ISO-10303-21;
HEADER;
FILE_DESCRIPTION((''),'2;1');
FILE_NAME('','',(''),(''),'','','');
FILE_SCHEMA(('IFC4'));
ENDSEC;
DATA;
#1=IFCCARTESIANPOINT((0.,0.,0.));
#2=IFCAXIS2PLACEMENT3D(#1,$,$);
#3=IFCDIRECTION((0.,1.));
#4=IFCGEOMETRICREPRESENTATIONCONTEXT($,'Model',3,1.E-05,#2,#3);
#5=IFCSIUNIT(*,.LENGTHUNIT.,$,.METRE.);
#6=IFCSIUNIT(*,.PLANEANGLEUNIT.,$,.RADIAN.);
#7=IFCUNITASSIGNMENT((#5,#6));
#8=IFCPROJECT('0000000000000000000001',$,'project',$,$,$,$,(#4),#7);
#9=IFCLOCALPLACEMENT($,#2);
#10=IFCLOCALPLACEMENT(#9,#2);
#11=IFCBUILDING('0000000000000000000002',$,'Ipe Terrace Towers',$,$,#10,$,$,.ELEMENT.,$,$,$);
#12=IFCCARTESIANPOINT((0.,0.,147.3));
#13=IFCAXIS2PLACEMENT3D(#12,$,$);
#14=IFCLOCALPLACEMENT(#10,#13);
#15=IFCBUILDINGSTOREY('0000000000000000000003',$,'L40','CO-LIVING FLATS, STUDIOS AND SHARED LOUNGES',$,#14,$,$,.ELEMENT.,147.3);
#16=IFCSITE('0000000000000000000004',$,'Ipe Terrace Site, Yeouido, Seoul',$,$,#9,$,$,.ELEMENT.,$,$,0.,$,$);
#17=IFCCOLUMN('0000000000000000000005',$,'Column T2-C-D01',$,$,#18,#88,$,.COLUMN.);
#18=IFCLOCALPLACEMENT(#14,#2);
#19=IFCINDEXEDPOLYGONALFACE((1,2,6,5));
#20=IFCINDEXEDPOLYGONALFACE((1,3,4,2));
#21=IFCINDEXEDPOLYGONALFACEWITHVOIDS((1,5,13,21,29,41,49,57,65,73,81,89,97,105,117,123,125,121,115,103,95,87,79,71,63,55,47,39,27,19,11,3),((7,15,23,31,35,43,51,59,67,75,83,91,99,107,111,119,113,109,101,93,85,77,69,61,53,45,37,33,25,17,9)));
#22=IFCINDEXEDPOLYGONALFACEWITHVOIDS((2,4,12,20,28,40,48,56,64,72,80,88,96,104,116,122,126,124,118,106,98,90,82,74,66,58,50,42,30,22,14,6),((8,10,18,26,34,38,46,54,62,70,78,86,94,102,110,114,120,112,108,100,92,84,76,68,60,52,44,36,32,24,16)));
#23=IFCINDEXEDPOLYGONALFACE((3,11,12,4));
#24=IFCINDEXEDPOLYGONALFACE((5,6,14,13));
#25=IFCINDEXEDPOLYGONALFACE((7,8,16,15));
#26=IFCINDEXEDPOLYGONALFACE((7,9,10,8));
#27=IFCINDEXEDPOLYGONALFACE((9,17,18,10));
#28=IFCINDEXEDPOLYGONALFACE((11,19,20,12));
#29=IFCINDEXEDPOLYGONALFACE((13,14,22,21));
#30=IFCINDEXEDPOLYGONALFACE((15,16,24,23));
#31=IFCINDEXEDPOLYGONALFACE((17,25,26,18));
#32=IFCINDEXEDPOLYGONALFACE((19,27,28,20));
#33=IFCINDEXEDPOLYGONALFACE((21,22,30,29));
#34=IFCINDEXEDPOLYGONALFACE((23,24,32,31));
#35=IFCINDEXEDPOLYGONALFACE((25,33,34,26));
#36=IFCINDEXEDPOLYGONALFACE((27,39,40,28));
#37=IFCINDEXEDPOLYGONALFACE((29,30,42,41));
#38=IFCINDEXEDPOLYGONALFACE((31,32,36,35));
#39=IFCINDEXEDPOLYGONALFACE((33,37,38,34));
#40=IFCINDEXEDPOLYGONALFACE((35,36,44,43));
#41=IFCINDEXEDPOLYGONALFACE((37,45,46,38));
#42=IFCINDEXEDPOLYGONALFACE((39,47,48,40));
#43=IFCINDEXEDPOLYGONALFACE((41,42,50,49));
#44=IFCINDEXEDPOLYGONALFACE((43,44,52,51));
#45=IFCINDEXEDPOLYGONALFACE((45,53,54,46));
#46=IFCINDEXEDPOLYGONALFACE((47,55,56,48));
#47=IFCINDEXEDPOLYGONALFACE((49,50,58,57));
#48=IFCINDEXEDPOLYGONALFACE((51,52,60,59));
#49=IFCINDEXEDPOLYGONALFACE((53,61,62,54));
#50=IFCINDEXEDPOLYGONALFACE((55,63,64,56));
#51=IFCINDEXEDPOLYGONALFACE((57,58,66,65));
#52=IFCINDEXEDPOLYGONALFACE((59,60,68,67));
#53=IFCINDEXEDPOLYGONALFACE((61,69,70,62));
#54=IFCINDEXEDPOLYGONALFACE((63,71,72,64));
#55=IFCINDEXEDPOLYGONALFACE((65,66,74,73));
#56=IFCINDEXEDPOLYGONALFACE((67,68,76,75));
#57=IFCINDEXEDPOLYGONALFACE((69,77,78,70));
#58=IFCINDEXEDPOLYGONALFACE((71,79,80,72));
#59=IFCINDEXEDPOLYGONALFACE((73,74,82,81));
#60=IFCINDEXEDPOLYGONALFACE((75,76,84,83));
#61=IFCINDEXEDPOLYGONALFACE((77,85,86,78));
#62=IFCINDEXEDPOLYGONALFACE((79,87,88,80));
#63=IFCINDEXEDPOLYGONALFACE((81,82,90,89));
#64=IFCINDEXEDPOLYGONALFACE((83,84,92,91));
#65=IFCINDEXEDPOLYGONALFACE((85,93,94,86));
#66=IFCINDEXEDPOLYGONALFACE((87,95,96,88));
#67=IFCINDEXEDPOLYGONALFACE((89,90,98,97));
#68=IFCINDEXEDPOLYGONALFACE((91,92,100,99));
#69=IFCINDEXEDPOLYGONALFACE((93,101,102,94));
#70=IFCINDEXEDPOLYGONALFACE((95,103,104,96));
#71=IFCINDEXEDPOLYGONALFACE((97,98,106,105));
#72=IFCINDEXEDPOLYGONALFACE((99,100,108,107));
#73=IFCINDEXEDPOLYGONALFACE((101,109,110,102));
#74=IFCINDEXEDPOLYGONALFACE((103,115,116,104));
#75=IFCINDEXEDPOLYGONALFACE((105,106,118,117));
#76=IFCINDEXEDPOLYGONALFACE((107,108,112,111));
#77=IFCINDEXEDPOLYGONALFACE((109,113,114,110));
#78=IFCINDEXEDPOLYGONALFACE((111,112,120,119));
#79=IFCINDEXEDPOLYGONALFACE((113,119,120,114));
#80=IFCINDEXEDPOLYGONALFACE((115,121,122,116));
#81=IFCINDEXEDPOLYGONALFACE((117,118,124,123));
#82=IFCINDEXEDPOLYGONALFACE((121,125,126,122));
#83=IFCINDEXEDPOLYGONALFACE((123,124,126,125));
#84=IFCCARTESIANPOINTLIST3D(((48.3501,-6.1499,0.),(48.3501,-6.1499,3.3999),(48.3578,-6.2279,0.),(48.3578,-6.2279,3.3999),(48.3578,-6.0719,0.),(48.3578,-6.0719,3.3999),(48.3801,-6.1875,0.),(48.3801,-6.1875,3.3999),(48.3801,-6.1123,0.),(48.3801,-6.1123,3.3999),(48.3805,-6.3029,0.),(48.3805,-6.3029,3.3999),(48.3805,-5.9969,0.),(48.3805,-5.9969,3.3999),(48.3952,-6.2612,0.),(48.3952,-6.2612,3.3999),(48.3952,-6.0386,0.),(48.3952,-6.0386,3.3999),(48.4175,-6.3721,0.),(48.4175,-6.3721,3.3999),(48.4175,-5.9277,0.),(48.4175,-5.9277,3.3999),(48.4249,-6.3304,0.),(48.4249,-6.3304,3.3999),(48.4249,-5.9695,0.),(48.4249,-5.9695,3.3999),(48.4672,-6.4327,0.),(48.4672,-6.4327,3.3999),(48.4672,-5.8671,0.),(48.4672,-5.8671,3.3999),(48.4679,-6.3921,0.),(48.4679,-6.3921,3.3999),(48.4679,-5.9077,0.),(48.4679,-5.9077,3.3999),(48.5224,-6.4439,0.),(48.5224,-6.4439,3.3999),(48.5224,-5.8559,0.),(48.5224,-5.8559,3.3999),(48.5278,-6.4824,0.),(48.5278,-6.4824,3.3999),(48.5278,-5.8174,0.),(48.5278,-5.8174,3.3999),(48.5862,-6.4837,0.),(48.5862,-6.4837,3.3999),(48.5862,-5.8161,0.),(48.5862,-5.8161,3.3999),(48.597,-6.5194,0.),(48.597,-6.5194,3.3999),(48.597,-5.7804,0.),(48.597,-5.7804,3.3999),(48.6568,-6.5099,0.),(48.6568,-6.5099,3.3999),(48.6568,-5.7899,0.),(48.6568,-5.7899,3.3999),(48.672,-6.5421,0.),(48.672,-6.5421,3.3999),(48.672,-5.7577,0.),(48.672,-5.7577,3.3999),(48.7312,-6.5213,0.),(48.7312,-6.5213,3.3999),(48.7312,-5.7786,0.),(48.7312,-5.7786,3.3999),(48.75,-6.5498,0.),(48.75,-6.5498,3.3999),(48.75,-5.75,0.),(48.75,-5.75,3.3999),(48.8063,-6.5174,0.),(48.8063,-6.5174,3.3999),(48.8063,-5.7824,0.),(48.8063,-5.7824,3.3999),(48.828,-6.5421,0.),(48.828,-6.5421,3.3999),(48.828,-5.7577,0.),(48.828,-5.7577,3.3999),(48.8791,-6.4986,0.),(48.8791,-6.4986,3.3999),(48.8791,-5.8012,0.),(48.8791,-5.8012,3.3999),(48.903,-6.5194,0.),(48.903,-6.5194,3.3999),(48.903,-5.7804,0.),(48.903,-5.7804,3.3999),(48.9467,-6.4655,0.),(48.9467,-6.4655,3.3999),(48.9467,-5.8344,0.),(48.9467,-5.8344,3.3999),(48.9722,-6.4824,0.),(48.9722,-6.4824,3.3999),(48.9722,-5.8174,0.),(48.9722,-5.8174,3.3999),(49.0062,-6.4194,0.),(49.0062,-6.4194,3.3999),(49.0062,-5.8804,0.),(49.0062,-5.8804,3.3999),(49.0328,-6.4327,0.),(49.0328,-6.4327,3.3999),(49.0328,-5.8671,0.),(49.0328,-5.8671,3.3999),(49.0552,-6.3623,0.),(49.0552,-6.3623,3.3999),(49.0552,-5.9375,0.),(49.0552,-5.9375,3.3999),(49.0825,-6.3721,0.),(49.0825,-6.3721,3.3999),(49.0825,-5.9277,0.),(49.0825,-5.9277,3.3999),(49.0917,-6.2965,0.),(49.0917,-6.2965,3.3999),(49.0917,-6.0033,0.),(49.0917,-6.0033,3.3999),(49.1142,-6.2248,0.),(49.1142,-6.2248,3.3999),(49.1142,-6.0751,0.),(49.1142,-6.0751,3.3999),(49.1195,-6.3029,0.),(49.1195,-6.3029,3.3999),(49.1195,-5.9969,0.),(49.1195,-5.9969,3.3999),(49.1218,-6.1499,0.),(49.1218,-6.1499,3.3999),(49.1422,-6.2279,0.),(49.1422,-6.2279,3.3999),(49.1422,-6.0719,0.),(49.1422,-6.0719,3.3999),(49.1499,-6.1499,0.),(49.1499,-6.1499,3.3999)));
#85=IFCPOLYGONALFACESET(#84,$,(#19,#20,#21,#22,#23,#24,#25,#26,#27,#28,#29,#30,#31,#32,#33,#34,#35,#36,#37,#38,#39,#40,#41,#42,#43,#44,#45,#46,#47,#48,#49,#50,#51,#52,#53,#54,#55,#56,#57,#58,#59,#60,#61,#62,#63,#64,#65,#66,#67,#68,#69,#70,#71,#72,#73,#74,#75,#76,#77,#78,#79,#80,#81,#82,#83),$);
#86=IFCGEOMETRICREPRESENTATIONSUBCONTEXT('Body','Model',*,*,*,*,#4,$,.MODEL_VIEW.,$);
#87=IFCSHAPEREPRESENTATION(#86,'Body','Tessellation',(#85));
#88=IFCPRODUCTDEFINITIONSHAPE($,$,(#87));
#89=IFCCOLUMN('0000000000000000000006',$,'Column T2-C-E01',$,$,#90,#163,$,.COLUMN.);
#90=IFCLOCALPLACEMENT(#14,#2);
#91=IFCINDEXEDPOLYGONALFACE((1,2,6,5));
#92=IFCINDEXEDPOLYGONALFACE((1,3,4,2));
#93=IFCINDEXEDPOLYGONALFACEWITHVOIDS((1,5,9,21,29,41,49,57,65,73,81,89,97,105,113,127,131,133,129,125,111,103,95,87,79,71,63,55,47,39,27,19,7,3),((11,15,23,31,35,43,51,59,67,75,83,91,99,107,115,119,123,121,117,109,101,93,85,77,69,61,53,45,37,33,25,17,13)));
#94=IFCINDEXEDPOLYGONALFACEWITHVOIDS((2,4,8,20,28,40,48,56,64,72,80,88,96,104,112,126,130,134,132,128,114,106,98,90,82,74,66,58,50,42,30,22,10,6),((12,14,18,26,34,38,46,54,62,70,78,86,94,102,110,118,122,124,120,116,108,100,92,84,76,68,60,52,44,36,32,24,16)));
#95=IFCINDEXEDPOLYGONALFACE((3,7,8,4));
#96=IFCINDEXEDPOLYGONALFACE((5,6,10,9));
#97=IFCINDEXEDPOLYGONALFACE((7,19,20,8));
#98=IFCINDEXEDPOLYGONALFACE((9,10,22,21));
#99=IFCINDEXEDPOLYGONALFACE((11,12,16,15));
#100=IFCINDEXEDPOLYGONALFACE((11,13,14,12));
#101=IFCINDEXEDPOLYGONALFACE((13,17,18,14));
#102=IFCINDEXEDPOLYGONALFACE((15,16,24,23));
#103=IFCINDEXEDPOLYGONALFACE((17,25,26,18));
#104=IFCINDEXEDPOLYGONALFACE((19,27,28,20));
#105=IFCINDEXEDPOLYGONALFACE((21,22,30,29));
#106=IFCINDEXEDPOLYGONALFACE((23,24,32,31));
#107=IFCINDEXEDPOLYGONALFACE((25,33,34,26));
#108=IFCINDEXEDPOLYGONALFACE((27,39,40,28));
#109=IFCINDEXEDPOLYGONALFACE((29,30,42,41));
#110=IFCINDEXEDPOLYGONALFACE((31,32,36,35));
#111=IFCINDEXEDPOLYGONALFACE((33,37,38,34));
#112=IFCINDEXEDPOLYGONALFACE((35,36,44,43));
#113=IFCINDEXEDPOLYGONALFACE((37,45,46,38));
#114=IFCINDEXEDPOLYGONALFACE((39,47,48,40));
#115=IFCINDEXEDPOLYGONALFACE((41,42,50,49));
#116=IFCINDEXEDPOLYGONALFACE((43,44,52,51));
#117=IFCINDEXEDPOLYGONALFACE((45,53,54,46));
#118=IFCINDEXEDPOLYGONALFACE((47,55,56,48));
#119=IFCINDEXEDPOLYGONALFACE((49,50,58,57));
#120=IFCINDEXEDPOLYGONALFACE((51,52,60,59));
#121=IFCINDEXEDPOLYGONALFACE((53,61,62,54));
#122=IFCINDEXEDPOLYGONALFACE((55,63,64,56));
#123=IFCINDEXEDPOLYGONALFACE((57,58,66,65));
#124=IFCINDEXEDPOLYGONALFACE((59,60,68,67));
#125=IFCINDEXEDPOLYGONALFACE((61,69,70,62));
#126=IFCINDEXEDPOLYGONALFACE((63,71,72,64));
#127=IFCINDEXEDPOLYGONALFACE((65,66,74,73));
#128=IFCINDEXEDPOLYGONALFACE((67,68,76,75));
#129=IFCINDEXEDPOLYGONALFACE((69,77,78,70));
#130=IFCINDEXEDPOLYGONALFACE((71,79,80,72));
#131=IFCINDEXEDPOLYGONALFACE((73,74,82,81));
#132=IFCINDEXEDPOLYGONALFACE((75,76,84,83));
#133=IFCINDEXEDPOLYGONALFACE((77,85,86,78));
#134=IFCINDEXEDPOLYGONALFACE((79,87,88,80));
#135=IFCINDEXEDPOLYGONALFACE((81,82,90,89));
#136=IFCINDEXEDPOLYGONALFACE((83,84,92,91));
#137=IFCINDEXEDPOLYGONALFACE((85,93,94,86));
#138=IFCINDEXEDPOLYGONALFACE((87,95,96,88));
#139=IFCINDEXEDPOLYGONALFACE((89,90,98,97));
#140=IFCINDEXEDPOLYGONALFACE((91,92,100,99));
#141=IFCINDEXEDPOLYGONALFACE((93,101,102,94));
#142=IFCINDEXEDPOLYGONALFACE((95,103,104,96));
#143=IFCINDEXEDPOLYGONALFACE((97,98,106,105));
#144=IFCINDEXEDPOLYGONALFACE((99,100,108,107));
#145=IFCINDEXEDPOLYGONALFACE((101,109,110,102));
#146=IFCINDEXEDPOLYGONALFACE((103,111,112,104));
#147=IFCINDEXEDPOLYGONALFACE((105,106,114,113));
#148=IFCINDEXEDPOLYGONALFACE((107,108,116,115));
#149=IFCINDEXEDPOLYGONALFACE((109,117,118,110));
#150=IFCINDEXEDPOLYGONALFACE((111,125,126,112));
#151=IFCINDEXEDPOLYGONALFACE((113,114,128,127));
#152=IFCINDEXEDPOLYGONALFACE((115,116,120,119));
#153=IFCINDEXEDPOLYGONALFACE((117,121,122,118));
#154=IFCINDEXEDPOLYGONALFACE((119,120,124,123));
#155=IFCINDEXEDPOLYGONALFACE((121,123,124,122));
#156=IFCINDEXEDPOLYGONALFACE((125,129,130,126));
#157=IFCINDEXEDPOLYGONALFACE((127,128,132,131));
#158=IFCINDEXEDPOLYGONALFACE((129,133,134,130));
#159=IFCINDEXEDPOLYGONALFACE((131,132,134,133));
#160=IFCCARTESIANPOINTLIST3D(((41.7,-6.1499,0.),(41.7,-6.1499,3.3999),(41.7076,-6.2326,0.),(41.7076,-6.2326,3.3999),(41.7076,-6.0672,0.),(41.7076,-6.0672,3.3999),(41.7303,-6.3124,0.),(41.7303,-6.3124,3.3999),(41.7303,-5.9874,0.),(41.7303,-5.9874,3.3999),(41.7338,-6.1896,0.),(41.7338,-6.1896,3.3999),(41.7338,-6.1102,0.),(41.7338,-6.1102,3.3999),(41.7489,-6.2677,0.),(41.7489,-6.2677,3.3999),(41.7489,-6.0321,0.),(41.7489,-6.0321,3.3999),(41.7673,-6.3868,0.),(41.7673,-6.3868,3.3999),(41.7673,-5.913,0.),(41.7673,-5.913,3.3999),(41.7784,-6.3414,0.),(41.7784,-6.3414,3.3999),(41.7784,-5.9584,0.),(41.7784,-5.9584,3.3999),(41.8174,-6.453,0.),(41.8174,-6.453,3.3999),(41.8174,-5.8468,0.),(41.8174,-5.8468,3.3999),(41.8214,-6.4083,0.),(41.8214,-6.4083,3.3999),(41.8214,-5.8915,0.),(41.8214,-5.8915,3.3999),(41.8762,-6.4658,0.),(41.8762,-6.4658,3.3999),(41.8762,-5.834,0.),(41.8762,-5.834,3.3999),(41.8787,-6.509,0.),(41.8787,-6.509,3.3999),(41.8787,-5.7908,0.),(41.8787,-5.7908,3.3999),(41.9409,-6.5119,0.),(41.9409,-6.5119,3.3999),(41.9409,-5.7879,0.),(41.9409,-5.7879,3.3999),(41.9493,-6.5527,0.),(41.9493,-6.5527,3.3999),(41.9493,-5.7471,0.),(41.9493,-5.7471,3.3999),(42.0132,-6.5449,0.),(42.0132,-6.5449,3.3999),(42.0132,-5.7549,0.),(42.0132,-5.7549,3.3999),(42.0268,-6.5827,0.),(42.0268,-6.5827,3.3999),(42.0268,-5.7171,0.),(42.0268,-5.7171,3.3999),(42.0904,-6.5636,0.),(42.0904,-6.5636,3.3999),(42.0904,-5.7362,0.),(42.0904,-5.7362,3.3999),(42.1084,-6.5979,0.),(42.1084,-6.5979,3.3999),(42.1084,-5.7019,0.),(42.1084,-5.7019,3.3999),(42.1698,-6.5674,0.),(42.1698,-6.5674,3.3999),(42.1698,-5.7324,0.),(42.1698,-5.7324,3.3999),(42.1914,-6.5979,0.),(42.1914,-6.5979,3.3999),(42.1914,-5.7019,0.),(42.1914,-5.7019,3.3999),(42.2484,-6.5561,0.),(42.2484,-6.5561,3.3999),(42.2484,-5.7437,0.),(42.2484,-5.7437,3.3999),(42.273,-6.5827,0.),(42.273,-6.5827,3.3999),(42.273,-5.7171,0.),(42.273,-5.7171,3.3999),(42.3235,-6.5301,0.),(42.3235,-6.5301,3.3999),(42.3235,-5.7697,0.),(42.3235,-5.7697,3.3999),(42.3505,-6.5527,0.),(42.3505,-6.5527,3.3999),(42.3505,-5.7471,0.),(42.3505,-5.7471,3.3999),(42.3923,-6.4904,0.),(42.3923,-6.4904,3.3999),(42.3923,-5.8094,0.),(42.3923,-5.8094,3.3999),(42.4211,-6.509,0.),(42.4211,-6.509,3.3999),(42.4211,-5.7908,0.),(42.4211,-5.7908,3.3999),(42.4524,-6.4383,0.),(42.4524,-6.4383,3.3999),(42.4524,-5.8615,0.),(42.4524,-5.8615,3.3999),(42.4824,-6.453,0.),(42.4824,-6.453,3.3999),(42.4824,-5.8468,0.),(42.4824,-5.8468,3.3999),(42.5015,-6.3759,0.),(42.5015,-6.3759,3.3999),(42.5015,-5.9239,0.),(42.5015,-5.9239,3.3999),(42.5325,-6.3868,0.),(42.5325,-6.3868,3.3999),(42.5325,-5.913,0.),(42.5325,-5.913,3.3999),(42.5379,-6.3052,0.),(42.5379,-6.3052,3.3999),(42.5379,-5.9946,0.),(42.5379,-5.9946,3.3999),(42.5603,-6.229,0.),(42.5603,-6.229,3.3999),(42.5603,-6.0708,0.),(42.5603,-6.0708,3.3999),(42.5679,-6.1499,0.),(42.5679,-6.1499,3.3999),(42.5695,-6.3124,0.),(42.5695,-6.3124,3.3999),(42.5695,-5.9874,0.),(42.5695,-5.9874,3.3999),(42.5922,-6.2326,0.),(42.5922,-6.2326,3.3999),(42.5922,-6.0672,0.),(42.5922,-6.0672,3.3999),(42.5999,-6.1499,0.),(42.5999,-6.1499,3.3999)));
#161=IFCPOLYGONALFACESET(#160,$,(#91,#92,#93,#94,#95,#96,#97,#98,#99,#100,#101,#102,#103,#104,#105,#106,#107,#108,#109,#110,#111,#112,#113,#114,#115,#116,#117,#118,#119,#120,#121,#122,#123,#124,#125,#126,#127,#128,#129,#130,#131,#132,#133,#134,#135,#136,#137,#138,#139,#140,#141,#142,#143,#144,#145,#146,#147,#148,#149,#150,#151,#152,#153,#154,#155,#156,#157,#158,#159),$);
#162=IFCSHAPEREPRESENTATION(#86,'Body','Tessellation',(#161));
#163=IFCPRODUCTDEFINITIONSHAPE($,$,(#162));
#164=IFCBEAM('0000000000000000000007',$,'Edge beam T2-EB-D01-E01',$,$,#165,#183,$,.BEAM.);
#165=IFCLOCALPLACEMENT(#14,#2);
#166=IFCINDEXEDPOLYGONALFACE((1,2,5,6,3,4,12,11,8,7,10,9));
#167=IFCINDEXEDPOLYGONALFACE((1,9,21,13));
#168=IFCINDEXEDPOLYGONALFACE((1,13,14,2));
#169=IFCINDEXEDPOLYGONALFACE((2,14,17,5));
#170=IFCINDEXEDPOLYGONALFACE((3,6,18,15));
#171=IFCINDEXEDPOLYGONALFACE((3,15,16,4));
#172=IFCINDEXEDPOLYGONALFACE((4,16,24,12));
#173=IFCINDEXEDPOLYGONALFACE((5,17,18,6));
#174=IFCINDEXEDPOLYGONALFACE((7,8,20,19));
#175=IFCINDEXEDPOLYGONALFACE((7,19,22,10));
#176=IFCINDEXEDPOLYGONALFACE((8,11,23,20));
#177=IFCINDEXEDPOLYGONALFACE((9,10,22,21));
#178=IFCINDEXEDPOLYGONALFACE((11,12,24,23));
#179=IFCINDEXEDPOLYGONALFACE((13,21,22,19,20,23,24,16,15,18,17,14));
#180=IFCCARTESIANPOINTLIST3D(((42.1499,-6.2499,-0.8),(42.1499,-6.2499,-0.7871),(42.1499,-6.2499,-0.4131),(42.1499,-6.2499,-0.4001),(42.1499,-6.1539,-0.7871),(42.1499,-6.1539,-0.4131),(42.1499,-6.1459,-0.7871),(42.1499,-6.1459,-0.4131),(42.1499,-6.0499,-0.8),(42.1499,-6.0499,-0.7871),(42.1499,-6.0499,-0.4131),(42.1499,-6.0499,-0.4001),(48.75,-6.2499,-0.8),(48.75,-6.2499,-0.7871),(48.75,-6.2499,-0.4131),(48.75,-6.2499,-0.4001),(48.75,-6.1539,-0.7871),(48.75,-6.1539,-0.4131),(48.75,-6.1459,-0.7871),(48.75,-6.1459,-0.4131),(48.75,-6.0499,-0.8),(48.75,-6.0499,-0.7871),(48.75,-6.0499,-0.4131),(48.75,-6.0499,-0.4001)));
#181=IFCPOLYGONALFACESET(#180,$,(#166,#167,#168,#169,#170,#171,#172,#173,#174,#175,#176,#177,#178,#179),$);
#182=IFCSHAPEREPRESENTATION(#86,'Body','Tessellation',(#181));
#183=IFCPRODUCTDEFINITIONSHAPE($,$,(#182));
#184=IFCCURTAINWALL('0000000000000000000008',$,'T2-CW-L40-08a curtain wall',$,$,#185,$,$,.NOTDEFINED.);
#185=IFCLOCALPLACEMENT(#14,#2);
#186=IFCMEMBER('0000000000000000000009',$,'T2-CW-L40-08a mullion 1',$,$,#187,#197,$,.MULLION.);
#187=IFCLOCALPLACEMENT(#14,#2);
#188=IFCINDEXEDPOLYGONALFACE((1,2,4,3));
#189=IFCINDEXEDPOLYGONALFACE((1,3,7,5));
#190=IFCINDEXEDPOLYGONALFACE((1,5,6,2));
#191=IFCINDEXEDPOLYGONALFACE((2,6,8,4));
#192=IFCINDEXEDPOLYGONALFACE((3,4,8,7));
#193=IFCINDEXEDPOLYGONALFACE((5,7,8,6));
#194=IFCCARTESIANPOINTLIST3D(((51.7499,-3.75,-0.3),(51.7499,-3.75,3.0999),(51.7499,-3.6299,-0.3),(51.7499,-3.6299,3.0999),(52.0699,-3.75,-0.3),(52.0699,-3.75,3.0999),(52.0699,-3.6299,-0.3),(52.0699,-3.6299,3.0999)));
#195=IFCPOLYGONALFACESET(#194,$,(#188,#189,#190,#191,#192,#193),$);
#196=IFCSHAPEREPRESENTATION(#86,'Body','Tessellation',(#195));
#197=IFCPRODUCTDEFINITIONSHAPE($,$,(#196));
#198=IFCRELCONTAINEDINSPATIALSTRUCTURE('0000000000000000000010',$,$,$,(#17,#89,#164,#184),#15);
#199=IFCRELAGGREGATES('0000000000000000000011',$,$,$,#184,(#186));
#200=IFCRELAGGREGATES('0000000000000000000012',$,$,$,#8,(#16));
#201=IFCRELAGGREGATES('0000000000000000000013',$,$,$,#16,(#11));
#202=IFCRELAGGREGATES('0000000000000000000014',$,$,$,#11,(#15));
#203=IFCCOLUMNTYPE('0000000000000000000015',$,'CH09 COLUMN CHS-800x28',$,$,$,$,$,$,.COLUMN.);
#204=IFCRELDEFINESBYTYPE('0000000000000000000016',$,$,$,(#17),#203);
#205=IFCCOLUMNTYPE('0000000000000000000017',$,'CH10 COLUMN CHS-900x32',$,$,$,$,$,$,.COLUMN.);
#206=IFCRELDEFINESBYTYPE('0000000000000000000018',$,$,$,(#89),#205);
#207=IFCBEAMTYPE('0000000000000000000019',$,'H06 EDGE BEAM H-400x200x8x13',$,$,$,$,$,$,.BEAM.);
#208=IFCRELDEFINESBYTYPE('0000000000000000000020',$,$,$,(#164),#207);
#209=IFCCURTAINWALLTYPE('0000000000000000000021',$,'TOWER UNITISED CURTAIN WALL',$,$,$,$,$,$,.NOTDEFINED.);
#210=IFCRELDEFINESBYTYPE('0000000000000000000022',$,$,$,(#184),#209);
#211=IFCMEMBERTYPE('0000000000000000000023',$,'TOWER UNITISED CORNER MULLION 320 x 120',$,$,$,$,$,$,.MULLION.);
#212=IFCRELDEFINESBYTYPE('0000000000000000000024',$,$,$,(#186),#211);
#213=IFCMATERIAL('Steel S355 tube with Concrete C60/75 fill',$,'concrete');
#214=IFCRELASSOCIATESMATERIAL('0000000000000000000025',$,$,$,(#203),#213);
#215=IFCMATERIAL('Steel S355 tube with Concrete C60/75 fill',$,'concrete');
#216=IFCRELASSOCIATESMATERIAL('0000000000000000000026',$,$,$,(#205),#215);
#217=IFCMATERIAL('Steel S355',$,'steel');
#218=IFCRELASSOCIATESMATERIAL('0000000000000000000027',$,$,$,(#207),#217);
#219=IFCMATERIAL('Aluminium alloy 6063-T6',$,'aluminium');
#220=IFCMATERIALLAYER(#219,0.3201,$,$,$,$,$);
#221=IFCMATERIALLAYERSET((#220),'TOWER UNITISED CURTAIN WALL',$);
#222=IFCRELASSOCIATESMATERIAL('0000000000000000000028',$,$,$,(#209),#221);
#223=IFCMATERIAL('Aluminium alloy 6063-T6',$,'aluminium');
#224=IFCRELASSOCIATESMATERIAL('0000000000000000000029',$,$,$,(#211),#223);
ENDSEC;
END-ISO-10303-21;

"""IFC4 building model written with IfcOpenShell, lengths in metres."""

from ifc_helpers import new_model, si_unit, direction, frame, origin, origin_2d, place, context, subcontext, project, spatial, rectangle, hollow_circle, i_section, extrude, material, layer, layer_set, material_profile, profile_set, type_object, element, aggregate, save


model = new_model("IFC4")

# Units and contexts
model_context = context("Model", 3, precision=1e-05, world=origin(), true_north=direction((0.0, 1.0)))
body_context = subcontext(model_context, "Body", "Model", "MODEL_VIEW")
ifc_project = project(units=[si_unit("LENGTHUNIT", "METRE"), si_unit("PLANEANGLEUNIT", "RADIAN")], contexts=[model_context])

# Site, building, storey
site_placement = place(None, origin())
site = spatial("IfcSite", under=ifc_project, at=site_placement, Name="Ipe Terrace Site, Yeouido, Seoul", CompositionType="ELEMENT", RefElevation=0.0)
building_placement = place(site_placement, origin())
building = spatial("IfcBuilding", under=site, at=building_placement, Name="Ipe Terrace Towers", CompositionType="ELEMENT")
storey_placement = place(building_placement, frame((0.0, 0.0, 147.3)))
storey = spatial("IfcBuildingStorey", under=building, at=storey_placement, Name="L40", Description="CO-LIVING FLATS, STUDIOS AND SHARED LOUNGES", CompositionType="ELEMENT", Elevation=147.3)

# Columns
ifc_material_1 = material(Name="Steel S355 tube with Concrete C60/75 fill", Category="concrete")
ifc_material_profile_1 = material_profile(ifc_material_1, hollow_circle(Radius=0.3999, WallThickness=0.0281, at=origin_2d()), Name="CHS-800x28")
ifc_profile_set_1 = profile_set([ifc_material_profile_1], Name="Steel S355 tube with Concrete C60/75 fill")
column_type_1 = type_object("IfcColumnType", Name="CH09 COLUMN CHS-800x28", PredefinedType="COLUMN", material=ifc_profile_set_1)
column_1_placement = place(storey_placement, frame((48.75, -6.1499, 0.0), z_axis=(0.0, 0.0, 1.0), x_axis=(1.0, 0.0, 0.0)))
element("IfcColumn", 1, at=column_1_placement, inside=storey, type_object=column_type_1, Name="Column T2-C-D01", PredefinedType="COLUMN", context=body_context, shape_type="SweptSolid", body=[
    extrude(hollow_circle(Radius=0.3999, WallThickness=0.0281, at=origin_2d()), origin(), (0.0, 0.0, 1.0), 3.3999),
])
ifc_material_2 = material(Name="Steel S355 tube with Concrete C60/75 fill", Category="concrete")
ifc_material_profile_2 = material_profile(ifc_material_2, hollow_circle(Radius=0.45, WallThickness=0.032, at=origin_2d()), Name="CHS-900x32")
ifc_profile_set_2 = profile_set([ifc_material_profile_2], Name="Steel S355 tube with Concrete C60/75 fill")
column_type_2 = type_object("IfcColumnType", Name="CH10 COLUMN CHS-900x32", PredefinedType="COLUMN", material=ifc_profile_set_2)
column_2_placement = place(storey_placement, frame((42.1499, -6.1499, 0.0), z_axis=(0.0, 0.0, 1.0), x_axis=(1.0, 0.0, 0.0)))
element("IfcColumn", 2, at=column_2_placement, inside=storey, type_object=column_type_2, Name="Column T2-C-E01", PredefinedType="COLUMN", context=body_context, shape_type="SweptSolid", body=[
    extrude(hollow_circle(Radius=0.45, WallThickness=0.032, at=origin_2d()), origin(), (0.0, 0.0, 1.0), 3.3999),
])

# Beam
ifc_material_3 = material(Name="Steel S355", Category="steel")
ifc_material_profile_3 = material_profile(ifc_material_3, i_section(OverallWidth=0.2, OverallDepth=0.3999, WebThickness=0.0081, FlangeThickness=0.0129, at=origin_2d()), Name="H-400x200x8x13")
ifc_profile_set_3 = profile_set([ifc_material_profile_3], Name="Steel S355")
beam_type = type_object("IfcBeamType", Name="H06 EDGE BEAM H-400x200x8x13", PredefinedType="BEAM", material=ifc_profile_set_3)
beam_placement = place(storey_placement, frame((48.75, -6.1499, -0.6001), z_axis=(-1.0, 0.0, 0.0), x_axis=(0.0, -1.0, 0.0)))
element("IfcBeam", 3, at=beam_placement, inside=storey, type_object=beam_type, Name="Edge beam T2-EB-D01-E01", PredefinedType="BEAM", context=body_context, shape_type="SweptSolid", body=[
    extrude(i_section(OverallWidth=0.2, OverallDepth=0.3999, WebThickness=0.0081, FlangeThickness=0.0129, at=origin_2d()), origin(), (0.0, 0.0, 1.0), 6.6001),
])

# Curtain wall, member
ifc_material_4 = material(Name="Aluminium alloy 6063-T6", Category="aluminium")
ifc_layer_1 = layer(ifc_material_4, 0.3201)
ifc_layer_set_1 = layer_set([ifc_layer_1], Name="TOWER UNITISED CURTAIN WALL")
curtain_wall_type = type_object("IfcCurtainWallType", Name="TOWER UNITISED CURTAIN WALL", PredefinedType="NOTDEFINED", material=ifc_layer_set_1)
curtain_wall_placement = place(storey_placement, origin())
curtain_wall = element("IfcCurtainWall", 4, at=curtain_wall_placement, inside=storey, type_object=curtain_wall_type, Name="T2-CW-L40-08a curtain wall", PredefinedType="NOTDEFINED")
ifc_material_5 = material(Name="Aluminium alloy 6063-T6", Category="aluminium")
ifc_material_profile_4 = material_profile(ifc_material_5, rectangle(XDim=0.3201, YDim=0.1201, at=origin_2d()), Name="TOWER UNITISED CORNER MULLION 320 x 120")
ifc_profile_set_4 = profile_set([ifc_material_profile_4], Name="Aluminium alloy 6063-T6")
member_type_1 = type_object("IfcMemberType", Name="TOWER UNITISED CORNER MULLION 320 x 120", PredefinedType="MULLION", material=ifc_profile_set_4)
member_1_placement = place(storey_placement, frame((51.9099, -3.6899, -0.3), z_axis=(0.0, 0.0, 1.0), x_axis=(1.0, 0.0, 0.0)))
member_1 = element("IfcMember", 5, at=member_1_placement, type_object=member_type_1, Name="T2-CW-L40-08a mullion 1", PredefinedType="MULLION", context=body_context, shape_type="SweptSolid", body=[
    extrude(rectangle(XDim=0.3201, YDim=0.1201, at=origin_2d()), origin(), (0.0, 0.0, 1.0), 3.3999),
])
aggregate(curtain_wall, [member_1])

save(model, "model.ifc")
